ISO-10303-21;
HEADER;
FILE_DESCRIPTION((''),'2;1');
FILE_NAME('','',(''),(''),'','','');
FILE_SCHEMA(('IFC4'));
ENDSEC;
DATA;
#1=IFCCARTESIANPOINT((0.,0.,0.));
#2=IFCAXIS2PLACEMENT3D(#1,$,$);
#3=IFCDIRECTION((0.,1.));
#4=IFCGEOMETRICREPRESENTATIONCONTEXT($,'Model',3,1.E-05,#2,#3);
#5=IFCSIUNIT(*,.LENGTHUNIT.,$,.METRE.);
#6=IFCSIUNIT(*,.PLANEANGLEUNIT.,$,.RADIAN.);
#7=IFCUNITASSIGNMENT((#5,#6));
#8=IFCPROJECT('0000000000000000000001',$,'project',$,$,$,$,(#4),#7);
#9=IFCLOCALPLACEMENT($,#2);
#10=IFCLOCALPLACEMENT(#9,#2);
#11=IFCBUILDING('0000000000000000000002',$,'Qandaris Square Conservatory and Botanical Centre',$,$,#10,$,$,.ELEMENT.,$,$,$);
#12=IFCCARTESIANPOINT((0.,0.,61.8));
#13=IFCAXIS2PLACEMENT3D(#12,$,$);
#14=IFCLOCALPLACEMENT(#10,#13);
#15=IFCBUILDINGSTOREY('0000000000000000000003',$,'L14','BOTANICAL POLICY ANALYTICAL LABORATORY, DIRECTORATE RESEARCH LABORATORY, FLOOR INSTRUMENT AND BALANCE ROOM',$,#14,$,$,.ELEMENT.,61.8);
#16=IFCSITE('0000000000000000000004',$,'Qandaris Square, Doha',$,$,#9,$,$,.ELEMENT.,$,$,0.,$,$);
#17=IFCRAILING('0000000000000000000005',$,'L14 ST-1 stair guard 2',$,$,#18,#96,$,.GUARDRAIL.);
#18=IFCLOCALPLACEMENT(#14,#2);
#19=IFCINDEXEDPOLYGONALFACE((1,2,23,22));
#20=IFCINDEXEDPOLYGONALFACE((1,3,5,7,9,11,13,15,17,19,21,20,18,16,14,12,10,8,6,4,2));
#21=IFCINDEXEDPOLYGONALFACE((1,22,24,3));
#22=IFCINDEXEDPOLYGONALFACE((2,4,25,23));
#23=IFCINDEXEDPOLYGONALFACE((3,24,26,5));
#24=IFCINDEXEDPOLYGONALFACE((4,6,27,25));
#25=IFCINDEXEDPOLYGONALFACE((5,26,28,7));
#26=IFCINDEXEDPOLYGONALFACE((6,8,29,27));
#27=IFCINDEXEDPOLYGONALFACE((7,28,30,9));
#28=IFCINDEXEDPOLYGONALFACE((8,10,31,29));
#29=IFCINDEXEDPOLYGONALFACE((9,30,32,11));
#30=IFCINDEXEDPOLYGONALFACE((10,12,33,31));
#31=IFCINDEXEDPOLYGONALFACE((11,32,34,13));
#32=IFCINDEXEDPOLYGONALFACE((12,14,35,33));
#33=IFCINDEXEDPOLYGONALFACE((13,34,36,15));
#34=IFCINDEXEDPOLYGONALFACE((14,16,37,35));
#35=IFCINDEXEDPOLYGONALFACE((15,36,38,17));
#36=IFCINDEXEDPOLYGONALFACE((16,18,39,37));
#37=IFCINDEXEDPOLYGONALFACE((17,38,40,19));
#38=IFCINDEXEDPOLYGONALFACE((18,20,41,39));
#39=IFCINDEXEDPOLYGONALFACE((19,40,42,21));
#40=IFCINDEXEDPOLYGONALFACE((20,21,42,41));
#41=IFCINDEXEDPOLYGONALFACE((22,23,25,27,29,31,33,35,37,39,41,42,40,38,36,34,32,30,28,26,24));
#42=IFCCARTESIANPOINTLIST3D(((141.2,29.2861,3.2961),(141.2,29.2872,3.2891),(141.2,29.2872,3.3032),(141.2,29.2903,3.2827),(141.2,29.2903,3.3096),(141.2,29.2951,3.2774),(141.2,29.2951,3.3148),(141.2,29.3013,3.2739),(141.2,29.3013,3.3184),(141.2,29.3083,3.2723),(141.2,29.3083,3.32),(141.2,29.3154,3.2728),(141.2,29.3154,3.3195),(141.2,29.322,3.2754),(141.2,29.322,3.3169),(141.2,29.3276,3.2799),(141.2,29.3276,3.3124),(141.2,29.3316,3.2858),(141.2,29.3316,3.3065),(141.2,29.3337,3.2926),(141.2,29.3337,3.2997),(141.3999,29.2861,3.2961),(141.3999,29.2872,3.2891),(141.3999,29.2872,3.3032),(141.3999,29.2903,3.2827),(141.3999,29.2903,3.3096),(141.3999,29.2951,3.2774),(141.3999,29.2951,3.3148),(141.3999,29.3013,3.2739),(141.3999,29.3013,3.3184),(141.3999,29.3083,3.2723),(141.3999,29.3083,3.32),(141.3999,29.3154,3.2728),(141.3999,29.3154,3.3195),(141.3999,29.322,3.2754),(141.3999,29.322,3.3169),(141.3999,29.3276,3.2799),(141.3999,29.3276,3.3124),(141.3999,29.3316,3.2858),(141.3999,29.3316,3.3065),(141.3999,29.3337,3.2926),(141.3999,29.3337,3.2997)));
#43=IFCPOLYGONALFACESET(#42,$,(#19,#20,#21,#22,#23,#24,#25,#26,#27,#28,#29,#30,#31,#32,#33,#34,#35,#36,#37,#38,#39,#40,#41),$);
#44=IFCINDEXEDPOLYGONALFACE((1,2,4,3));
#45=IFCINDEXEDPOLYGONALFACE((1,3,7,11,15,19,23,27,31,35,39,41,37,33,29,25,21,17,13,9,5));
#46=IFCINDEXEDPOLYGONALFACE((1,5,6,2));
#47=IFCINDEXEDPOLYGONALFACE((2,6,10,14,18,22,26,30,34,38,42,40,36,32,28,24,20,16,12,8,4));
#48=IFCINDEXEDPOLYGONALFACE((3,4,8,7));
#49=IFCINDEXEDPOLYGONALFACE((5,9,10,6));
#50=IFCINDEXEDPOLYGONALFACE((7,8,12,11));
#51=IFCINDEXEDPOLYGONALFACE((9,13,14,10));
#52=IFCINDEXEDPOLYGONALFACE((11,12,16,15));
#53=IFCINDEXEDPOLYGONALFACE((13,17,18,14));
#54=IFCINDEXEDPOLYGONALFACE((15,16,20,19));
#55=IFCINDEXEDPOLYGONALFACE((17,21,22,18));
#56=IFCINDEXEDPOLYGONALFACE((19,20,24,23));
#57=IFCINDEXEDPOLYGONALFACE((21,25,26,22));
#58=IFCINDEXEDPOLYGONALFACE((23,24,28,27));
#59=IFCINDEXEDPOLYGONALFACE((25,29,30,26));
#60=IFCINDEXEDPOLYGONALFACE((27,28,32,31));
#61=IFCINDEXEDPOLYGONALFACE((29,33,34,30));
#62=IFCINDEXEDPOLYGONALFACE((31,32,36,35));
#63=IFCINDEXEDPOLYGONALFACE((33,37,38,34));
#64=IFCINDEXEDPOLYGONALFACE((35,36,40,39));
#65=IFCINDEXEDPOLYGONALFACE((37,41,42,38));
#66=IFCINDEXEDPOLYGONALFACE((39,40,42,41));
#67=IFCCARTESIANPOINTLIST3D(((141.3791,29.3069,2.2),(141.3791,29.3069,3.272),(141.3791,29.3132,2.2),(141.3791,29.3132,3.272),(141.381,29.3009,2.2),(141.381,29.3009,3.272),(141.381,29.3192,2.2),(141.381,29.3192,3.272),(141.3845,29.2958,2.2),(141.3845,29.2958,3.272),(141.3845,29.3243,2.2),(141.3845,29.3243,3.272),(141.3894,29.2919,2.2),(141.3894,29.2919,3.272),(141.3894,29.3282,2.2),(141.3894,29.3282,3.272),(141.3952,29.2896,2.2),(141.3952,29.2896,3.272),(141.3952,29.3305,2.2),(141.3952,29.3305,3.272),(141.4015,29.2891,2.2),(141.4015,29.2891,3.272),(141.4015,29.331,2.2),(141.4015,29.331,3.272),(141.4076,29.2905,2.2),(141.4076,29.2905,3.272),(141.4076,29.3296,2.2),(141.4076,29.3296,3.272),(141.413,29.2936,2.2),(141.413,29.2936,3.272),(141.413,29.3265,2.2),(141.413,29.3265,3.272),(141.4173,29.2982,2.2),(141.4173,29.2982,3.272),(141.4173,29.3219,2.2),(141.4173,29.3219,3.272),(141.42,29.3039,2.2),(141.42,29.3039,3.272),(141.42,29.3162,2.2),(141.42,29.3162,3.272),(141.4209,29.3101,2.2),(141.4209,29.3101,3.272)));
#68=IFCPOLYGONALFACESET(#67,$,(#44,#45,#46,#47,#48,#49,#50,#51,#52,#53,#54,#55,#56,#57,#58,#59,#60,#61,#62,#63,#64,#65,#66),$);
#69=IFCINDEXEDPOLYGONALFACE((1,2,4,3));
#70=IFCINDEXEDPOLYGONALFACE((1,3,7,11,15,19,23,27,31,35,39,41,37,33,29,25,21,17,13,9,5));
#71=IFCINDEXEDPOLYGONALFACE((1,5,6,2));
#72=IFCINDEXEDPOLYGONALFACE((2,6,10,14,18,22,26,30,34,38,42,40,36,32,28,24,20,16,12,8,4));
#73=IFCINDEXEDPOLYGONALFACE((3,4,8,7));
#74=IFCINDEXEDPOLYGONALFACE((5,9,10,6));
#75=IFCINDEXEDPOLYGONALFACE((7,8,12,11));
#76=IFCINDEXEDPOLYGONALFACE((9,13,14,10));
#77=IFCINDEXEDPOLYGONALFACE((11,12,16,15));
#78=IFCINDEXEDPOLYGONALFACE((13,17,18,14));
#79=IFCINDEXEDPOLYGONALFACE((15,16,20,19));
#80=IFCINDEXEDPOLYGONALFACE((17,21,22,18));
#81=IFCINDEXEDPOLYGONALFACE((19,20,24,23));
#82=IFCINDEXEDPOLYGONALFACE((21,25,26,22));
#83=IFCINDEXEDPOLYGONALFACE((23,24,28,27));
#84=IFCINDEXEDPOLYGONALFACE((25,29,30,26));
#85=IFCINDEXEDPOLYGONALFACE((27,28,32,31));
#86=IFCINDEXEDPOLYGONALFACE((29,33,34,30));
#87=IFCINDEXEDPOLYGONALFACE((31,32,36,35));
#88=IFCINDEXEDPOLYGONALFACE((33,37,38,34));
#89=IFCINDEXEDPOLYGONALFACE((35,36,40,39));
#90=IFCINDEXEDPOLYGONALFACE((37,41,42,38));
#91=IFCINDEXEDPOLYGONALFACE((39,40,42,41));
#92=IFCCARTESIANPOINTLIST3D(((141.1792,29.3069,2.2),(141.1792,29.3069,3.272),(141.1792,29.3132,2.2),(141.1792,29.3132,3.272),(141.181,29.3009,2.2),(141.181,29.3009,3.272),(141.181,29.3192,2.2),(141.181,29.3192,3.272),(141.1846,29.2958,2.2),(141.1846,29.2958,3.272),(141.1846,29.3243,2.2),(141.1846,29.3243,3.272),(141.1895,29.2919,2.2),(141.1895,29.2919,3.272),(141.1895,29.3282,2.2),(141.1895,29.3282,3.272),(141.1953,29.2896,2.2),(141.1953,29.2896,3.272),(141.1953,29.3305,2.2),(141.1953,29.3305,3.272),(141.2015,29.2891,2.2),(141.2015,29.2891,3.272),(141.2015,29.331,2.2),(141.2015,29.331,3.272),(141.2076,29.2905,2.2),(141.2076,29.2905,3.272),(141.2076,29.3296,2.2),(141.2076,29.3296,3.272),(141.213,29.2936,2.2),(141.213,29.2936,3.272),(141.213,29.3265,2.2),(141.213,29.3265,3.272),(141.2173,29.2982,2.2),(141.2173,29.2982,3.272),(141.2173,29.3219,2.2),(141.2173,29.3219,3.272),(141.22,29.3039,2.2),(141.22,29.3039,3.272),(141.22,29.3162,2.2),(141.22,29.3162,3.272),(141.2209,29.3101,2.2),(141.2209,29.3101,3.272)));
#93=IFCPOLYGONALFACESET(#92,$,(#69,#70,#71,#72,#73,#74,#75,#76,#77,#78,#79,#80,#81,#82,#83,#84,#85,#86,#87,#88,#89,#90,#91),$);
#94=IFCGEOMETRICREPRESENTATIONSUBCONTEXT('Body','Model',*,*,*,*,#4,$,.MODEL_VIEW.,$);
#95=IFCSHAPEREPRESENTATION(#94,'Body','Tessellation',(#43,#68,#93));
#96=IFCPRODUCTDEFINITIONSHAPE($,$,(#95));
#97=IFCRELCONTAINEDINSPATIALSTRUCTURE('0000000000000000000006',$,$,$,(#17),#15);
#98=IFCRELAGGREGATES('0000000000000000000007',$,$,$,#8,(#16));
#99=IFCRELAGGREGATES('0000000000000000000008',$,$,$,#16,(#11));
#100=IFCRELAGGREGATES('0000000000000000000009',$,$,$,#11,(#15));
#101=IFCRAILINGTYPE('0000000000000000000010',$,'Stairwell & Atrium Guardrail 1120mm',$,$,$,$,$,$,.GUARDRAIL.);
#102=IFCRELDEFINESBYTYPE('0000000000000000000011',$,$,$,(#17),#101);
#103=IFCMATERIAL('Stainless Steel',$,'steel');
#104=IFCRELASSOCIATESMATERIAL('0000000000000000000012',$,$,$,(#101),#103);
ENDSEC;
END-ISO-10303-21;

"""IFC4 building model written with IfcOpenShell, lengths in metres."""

from ifc_helpers import new_model, si_unit, direction, frame, origin, origin_2d, place, context, subcontext, project, spatial, circle, extrude, material, type_object, element, save


model = new_model("IFC4")

# Units and contexts
model_context = context("Model", 3, precision=1e-05, world=origin(), true_north=direction((0.0, 1.0)))
body_context = subcontext(model_context, "Body", "Model", "MODEL_VIEW")
ifc_project = project(units=[si_unit("LENGTHUNIT", "METRE"), si_unit("PLANEANGLEUNIT", "RADIAN")], contexts=[model_context])

# Site, building, storey
site_placement = place(None, origin())
site = spatial("IfcSite", under=ifc_project, at=site_placement, Name="Qandaris Square, Doha", CompositionType="ELEMENT", RefElevation=0.0)
building_placement = place(site_placement, origin())
building = spatial("IfcBuilding", under=site, at=building_placement, Name="Qandaris Square Conservatory and Botanical Centre", CompositionType="ELEMENT")
storey_placement = place(building_placement, frame((0.0, 0.0, 61.8)))
storey = spatial("IfcBuildingStorey", under=building, at=storey_placement, Name="L14", Description="BOTANICAL POLICY ANALYTICAL LABORATORY, DIRECTORATE RESEARCH LABORATORY, FLOOR INSTRUMENT AND BALANCE ROOM", CompositionType="ELEMENT", Elevation=61.8)

# Railing
ifc_material_1 = material(Name="Stainless Steel", Category="steel")
railing_type_1 = type_object("IfcRailingType", Name="Stairwell & Atrium Guardrail 1120mm", PredefinedType="GUARDRAIL", material=ifc_material_1)
railing_1_placement = place(storey_placement, frame((141.3999, 29.3101, 2.2)))
element("IfcRailing", 1, at=railing_1_placement, inside=storey, type_object=railing_type_1, Name="L14 ST-1 stair guard 2", PredefinedType="GUARDRAIL", context=body_context, shape_type="SweptSolid", body=[
    extrude(circle(Radius=0.0239, at=origin_2d()), frame((0.0, 0.0, 1.0962), z_axis=(-1.0, 0.0, 0.0), x_axis=(0.0, -1.0, 0.0)), (0.0, 0.0, 1.0), 0.2),
    extrude(circle(Radius=0.021, at=origin_2d()), origin(), (0.0, 0.0, 1.0), 1.072),
    extrude(circle(Radius=0.021, at=origin_2d()), frame((-0.2, 0.0, 0.0)), (0.0, 0.0, 1.0), 1.072),
])

save(model, "model.ifc")
